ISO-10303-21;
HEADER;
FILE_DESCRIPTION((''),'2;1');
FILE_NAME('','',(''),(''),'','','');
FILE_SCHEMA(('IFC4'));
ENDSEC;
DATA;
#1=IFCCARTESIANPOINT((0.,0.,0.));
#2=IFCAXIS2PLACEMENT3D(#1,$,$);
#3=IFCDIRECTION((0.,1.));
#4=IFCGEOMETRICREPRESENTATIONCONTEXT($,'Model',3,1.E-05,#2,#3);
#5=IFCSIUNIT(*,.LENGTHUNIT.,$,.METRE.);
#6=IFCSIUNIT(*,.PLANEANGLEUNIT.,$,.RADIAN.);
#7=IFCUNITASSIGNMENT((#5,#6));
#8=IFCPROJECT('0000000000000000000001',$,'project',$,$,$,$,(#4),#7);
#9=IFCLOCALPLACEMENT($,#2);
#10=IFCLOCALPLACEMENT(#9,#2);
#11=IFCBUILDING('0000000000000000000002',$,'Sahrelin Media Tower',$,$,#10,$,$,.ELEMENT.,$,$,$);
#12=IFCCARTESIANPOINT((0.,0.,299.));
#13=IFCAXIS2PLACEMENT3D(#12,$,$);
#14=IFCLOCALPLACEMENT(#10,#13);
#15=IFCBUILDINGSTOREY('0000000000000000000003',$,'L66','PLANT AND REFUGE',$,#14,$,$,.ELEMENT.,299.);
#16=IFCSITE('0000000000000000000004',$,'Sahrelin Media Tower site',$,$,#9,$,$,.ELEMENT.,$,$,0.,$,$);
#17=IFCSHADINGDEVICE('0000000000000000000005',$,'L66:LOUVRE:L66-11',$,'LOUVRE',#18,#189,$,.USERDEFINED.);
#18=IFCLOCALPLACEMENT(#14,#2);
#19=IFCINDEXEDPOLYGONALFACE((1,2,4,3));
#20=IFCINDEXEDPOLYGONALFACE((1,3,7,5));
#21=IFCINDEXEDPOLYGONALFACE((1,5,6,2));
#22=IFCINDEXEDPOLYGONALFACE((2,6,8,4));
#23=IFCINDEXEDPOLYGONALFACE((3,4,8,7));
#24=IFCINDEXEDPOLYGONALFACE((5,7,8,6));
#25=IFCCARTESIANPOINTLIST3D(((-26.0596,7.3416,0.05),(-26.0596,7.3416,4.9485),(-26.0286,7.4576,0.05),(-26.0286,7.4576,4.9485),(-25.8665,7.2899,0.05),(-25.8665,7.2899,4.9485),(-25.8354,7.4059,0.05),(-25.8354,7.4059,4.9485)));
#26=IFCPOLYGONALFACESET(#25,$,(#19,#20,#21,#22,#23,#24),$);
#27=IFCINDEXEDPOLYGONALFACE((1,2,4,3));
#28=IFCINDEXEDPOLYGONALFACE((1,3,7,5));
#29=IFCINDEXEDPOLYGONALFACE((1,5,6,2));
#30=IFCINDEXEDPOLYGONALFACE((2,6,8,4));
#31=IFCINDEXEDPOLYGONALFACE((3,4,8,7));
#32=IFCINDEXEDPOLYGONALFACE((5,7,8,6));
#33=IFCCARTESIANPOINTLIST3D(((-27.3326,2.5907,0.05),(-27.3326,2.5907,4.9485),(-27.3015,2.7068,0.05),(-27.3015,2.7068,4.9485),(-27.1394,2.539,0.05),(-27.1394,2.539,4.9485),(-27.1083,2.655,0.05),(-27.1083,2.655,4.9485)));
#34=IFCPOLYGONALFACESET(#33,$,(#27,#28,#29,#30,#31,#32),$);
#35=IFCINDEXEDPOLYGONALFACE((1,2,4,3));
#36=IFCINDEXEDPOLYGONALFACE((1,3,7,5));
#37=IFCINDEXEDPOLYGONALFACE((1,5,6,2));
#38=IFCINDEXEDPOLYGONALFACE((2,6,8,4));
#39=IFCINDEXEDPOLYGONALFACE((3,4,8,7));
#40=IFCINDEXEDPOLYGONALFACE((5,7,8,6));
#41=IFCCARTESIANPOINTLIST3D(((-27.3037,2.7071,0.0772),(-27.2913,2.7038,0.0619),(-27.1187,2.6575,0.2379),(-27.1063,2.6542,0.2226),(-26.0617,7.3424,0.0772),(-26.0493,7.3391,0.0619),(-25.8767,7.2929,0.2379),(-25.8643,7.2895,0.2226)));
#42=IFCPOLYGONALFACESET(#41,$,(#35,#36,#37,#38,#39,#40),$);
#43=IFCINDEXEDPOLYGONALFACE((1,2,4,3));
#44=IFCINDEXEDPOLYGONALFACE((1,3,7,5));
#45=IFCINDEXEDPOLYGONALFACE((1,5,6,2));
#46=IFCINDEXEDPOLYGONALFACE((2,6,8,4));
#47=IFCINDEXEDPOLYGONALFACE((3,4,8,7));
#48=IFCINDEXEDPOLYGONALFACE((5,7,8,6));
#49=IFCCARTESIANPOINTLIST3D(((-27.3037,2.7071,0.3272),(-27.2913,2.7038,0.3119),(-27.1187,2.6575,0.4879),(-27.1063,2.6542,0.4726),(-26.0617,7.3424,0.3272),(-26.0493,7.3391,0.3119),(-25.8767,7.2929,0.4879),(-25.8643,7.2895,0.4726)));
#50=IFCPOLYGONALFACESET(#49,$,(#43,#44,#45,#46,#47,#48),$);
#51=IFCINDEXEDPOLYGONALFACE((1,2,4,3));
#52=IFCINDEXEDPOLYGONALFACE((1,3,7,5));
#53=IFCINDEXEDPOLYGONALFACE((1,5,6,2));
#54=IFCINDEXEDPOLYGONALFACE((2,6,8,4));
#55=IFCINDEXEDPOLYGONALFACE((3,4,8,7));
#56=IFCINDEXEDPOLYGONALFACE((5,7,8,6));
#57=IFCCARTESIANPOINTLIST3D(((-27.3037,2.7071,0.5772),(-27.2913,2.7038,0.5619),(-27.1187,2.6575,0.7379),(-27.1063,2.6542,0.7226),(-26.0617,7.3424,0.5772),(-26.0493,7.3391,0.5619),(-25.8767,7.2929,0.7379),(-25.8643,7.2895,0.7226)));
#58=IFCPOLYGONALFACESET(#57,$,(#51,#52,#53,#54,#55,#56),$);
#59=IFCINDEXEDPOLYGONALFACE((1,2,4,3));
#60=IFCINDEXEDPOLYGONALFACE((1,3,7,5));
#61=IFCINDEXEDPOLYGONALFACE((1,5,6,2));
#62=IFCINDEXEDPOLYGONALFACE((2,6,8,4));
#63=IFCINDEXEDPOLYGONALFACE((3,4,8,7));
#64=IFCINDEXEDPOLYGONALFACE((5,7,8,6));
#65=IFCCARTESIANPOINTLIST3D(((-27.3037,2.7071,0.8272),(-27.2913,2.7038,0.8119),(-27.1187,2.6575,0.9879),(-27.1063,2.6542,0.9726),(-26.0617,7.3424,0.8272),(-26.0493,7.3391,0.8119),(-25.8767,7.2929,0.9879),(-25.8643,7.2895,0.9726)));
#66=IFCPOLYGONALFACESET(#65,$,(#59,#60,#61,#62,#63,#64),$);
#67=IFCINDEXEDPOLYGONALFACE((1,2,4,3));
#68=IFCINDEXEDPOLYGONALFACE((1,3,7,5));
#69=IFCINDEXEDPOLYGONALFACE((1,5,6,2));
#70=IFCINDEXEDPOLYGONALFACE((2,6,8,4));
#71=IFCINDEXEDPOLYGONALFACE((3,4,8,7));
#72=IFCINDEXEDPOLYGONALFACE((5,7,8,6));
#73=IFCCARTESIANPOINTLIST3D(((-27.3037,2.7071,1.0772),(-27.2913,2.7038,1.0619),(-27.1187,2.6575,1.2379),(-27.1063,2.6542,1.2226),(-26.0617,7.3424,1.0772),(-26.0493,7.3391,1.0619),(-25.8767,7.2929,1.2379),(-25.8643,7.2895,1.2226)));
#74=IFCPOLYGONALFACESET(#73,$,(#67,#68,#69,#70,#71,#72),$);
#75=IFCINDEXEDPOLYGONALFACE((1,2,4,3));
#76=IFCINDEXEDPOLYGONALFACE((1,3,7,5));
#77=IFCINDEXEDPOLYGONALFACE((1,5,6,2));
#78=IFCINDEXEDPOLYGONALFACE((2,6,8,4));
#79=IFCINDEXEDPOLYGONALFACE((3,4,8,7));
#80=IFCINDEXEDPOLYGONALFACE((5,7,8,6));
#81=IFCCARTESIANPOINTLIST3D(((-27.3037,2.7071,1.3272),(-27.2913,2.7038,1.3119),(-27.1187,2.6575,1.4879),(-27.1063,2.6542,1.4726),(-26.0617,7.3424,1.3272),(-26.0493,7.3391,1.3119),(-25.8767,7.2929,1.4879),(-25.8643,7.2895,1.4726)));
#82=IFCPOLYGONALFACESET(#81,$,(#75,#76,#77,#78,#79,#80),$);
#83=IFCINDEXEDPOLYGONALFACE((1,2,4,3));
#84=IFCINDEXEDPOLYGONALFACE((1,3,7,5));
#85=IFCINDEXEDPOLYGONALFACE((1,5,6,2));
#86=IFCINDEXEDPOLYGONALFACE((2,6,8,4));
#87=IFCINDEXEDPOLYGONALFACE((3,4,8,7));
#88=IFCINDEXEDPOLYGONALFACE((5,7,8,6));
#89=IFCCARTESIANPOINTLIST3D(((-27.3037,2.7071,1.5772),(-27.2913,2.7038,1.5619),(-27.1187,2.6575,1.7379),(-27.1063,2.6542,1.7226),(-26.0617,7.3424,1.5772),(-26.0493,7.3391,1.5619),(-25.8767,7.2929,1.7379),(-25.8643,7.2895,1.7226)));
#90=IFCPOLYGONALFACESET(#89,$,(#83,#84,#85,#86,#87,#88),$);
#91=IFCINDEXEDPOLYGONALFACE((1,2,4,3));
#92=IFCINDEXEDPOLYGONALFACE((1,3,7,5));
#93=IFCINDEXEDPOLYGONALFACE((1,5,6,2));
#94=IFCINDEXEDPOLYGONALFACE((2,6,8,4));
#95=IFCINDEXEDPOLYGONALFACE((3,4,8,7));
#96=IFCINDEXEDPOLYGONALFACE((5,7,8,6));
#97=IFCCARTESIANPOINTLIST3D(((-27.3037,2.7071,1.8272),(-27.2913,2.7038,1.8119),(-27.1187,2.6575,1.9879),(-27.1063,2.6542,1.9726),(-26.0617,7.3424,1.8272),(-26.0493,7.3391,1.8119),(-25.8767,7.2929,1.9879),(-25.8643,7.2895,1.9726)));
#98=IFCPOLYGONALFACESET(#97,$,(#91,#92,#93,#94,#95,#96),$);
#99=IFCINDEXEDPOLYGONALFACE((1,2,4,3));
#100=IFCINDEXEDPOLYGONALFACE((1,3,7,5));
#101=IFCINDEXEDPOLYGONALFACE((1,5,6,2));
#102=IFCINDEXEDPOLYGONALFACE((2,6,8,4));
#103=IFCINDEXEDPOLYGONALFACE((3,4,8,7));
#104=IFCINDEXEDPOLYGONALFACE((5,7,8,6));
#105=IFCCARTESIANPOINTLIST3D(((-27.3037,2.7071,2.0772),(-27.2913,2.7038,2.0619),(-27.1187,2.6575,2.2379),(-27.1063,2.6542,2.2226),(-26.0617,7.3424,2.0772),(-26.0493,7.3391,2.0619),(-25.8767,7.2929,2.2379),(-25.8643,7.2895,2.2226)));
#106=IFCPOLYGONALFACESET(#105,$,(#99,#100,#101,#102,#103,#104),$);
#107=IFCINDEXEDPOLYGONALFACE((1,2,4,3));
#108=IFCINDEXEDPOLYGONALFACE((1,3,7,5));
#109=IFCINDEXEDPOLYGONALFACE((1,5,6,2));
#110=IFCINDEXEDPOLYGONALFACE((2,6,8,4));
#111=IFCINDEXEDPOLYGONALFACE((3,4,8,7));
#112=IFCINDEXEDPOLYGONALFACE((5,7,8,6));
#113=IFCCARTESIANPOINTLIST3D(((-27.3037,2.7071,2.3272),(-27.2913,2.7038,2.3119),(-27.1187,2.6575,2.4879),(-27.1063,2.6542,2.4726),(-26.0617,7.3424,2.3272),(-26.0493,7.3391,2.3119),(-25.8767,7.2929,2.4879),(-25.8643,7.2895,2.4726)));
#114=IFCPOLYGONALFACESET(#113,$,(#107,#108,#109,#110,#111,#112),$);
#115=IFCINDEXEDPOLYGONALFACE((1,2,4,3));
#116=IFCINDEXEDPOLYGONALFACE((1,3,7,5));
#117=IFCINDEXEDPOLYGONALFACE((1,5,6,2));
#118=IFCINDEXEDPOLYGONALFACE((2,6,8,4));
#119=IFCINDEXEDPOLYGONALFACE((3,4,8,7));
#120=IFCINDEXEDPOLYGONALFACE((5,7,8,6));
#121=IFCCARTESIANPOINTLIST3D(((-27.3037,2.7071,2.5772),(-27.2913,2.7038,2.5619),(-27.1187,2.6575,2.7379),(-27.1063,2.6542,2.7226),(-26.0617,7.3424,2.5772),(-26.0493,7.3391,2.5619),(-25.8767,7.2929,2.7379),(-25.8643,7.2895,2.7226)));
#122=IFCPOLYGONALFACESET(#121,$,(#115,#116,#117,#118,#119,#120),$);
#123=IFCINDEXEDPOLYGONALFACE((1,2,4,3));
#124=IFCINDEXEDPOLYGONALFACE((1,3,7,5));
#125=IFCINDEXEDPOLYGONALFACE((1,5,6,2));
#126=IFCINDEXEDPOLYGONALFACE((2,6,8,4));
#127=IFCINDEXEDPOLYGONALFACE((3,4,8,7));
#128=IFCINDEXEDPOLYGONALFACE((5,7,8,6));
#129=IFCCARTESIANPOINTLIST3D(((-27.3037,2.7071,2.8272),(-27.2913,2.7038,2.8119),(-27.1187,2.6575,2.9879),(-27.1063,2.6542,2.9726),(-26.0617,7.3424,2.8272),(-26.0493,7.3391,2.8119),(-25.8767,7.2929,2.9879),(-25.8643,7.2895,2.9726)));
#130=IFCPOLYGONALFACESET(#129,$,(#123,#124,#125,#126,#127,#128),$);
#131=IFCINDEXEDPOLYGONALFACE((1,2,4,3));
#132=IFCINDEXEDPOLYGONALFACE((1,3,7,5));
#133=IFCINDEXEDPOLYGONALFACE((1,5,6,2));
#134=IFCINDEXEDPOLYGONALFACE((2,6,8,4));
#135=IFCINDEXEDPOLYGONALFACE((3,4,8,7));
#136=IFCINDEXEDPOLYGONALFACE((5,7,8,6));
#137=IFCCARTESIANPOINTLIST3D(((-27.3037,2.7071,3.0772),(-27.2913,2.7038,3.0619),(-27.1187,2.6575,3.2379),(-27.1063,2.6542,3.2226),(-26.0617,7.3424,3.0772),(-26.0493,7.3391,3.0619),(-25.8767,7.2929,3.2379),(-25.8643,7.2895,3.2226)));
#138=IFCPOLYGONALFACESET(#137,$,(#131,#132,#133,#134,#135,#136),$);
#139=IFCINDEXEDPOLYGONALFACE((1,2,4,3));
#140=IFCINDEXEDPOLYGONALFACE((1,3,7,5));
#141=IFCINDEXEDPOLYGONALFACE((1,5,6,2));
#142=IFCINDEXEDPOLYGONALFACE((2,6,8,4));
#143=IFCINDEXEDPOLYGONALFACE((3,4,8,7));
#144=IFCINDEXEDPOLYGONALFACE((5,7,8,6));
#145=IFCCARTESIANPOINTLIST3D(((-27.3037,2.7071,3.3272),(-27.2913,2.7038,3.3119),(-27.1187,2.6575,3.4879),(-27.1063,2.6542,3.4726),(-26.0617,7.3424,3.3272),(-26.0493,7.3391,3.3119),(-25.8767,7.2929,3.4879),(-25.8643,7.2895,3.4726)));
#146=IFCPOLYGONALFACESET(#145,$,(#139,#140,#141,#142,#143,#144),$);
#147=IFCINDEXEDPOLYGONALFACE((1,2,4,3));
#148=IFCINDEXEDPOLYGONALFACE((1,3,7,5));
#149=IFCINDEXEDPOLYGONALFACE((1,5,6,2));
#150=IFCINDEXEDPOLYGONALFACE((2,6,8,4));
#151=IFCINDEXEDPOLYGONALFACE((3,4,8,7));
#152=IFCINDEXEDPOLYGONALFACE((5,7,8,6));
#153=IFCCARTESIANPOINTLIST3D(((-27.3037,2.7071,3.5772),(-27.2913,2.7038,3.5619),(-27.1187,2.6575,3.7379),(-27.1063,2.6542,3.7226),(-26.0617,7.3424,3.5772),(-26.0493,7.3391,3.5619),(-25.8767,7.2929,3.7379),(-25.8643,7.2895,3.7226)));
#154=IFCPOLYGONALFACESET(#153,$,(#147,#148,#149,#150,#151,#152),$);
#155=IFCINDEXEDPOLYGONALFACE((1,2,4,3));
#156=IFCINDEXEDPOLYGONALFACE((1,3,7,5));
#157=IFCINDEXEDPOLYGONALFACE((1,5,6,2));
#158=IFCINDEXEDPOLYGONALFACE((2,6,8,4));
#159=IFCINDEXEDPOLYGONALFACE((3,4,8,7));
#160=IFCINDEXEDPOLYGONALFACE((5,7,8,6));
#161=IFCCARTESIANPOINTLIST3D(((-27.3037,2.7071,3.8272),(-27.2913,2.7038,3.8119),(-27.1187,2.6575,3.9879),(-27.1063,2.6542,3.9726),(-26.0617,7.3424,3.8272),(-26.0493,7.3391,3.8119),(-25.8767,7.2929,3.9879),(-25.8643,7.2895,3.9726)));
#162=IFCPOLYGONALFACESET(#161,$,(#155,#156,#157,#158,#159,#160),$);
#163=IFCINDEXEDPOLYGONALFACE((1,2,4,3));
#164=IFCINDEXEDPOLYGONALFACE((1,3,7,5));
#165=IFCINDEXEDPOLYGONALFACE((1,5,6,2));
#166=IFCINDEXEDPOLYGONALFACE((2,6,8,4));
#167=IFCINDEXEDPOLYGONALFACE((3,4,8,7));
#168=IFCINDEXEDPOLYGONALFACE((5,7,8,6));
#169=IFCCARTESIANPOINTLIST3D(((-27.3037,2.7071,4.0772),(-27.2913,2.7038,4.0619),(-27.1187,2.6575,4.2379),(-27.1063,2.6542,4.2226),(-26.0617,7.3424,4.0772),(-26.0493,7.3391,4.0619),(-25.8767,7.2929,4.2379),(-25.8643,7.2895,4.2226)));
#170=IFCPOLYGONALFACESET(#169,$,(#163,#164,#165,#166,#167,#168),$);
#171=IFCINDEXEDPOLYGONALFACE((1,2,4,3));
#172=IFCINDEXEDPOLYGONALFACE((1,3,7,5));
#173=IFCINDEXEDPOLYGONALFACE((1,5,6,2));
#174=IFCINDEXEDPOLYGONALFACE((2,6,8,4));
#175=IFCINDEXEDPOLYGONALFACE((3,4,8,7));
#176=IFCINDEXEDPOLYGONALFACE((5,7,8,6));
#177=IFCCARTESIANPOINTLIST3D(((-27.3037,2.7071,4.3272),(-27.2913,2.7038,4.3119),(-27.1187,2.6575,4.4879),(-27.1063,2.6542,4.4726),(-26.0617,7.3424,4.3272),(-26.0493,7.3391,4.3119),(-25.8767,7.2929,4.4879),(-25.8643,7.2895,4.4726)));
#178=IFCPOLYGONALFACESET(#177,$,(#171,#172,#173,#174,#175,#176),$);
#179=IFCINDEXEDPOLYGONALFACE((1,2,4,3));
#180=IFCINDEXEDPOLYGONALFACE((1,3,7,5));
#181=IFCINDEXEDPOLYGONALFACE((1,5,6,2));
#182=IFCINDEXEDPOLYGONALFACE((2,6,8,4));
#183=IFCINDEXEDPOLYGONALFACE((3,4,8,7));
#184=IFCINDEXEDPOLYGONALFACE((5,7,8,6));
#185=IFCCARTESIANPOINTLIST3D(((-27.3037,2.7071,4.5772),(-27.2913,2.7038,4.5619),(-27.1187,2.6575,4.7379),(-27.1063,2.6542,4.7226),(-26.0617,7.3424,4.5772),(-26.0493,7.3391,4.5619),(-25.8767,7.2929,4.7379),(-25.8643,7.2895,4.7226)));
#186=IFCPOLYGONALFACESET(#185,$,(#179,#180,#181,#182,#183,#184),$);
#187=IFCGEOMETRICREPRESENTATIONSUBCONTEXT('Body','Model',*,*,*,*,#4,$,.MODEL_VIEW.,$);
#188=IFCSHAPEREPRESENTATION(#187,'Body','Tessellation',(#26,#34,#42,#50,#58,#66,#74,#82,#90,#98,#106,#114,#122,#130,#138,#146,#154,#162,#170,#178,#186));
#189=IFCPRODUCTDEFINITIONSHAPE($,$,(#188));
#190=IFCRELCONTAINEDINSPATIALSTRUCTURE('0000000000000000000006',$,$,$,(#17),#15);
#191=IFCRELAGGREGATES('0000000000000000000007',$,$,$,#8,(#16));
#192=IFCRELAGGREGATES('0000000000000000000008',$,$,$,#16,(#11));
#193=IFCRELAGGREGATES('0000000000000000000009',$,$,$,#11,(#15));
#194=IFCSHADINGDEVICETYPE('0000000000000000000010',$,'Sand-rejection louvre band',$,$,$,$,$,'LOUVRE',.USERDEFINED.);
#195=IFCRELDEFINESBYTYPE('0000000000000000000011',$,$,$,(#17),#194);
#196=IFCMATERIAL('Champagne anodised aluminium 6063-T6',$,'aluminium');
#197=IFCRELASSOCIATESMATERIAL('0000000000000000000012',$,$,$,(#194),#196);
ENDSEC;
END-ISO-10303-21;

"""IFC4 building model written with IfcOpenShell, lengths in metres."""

from ifc_helpers import new_model, si_unit, direction, frame, origin, origin_2d, place, context, subcontext, project, spatial, rectangle, extrude, material, type_object, element, save


model = new_model("IFC4")

# Units and contexts
model_context = context("Model", 3, precision=1e-05, world=origin(), true_north=direction((0.0, 1.0)))
body_context = subcontext(model_context, "Body", "Model", "MODEL_VIEW")
ifc_project = project(units=[si_unit("LENGTHUNIT", "METRE"), si_unit("PLANEANGLEUNIT", "RADIAN")], contexts=[model_context])

# Site, building, storey
site_placement = place(None, origin())
site = spatial("IfcSite", under=ifc_project, at=site_placement, Name="Sahrelin Media Tower site", CompositionType="ELEMENT", RefElevation=0.0)
building_placement = place(site_placement, origin())
building = spatial("IfcBuilding", under=site, at=building_placement, Name="Sahrelin Media Tower", CompositionType="ELEMENT")
storey_placement = place(building_placement, frame((0.0, 0.0, 299.0)))
storey = spatial("IfcBuildingStorey", under=building, at=storey_placement, Name="L66", Description="PLANT AND REFUGE", CompositionType="ELEMENT", Elevation=299.0)

# Shading device
ifc_material_1 = material(Name="Champagne anodised aluminium 6063-T6", Category="aluminium")
shading_device_type = type_object("IfcShadingDeviceType", Name="Sand-rejection louvre band", ElementType="LOUVRE", PredefinedType="USERDEFINED", material=ifc_material_1)
shading_device_1_placement = place(storey_placement, frame((-26.4873, 4.9724, 0.0), z_axis=(0.0, 0.0, 1.0), x_axis=(0.258808, 0.965929, 0.0)))
element("IfcShadingDevice", 1, at=shading_device_1_placement, inside=storey, type_object=shading_device_type, Name="L66:LOUVRE:L66-11", ObjectType="LOUVRE", PredefinedType="USERDEFINED", context=body_context, shape_type="SweptSolid", body=[
    extrude(rectangle(XDim=0.1201, YDim=0.2, at=origin_2d()), frame((2.4592, 0.1001, 0.05), z_axis=(0.0, 0.0, 1.0), x_axis=(1.0, 0.0, 0.0)), (0.0, 0.0, 1.0), 4.8984),
    extrude(rectangle(XDim=0.1201, YDim=0.2, at=origin_2d()), frame((-2.4592, 0.1001, 0.05), z_axis=(0.0, 0.0, 1.0), x_axis=(1.0, 0.0, 0.0)), (0.0, 0.0, 1.0), 4.8984),
    extrude(rectangle(XDim=0.25, YDim=0.02, at=origin_2d()), frame((2.3994, 0.1001, 0.1499), z_axis=(-1.0, 0.0, 0.0), x_axis=(0.0, -0.766044, 0.642788)), (0.0, 0.0, 1.0), 4.7988),
    extrude(rectangle(XDim=0.25, YDim=0.02, at=origin_2d()), frame((2.3994, 0.1001, 0.3999), z_axis=(-1.0, 0.0, 0.0), x_axis=(0.0, -0.766044, 0.642788)), (0.0, 0.0, 1.0), 4.7988),
    extrude(rectangle(XDim=0.25, YDim=0.02, at=origin_2d()), frame((2.3994, 0.1001, 0.6499), z_axis=(-1.0, 0.0, 0.0), x_axis=(0.0, -0.766044, 0.642788)), (0.0, 0.0, 1.0), 4.7988),
    extrude(rectangle(XDim=0.25, YDim=0.02, at=origin_2d()), frame((2.3994, 0.1001, 0.8999), z_axis=(-1.0, 0.0, 0.0), x_axis=(0.0, -0.766044, 0.642788)), (0.0, 0.0, 1.0), 4.7988),
    extrude(rectangle(XDim=0.25, YDim=0.02, at=origin_2d()), frame((2.3994, 0.1001, 1.1499), z_axis=(-1.0, 0.0, 0.0), x_axis=(0.0, -0.766044, 0.642788)), (0.0, 0.0, 1.0), 4.7988),
    extrude(rectangle(XDim=0.25, YDim=0.02, at=origin_2d()), frame((2.3994, 0.1001, 1.3999), z_axis=(-1.0, 0.0, 0.0), x_axis=(0.0, -0.766044, 0.642788)), (0.0, 0.0, 1.0), 4.7988),
    extrude(rectangle(XDim=0.25, YDim=0.02, at=origin_2d()), frame((2.3994, 0.1001, 1.6499), z_axis=(-1.0, 0.0, 0.0), x_axis=(0.0, -0.766044, 0.642788)), (0.0, 0.0, 1.0), 4.7988),
    extrude(rectangle(XDim=0.25, YDim=0.02, at=origin_2d()), frame((2.3994, 0.1001, 1.8999), z_axis=(-1.0, 0.0, 0.0), x_axis=(0.0, -0.766044, 0.642788)), (0.0, 0.0, 1.0), 4.7988),
    extrude(rectangle(XDim=0.25, YDim=0.02, at=origin_2d()), frame((2.3994, 0.1001, 2.1499), z_axis=(-1.0, 0.0, 0.0), x_axis=(0.0, -0.766044, 0.642788)), (0.0, 0.0, 1.0), 4.7988),
    extrude(rectangle(XDim=0.25, YDim=0.02, at=origin_2d()), frame((2.3994, 0.1001, 2.3999), z_axis=(-1.0, 0.0, 0.0), x_axis=(0.0, -0.766044, 0.642788)), (0.0, 0.0, 1.0), 4.7988),
    extrude(rectangle(XDim=0.25, YDim=0.02, at=origin_2d()), frame((2.3994, 0.1001, 2.6499), z_axis=(-1.0, 0.0, 0.0), x_axis=(0.0, -0.766044, 0.642788)), (0.0, 0.0, 1.0), 4.7988),
    extrude(rectangle(XDim=0.25, YDim=0.02, at=origin_2d()), frame((2.3994, 0.1001, 2.8999), z_axis=(-1.0, 0.0, 0.0), x_axis=(0.0, -0.766044, 0.642788)), (0.0, 0.0, 1.0), 4.7988),
    extrude(rectangle(XDim=0.25, YDim=0.02, at=origin_2d()), frame((2.3994, 0.1001, 3.1499), z_axis=(-1.0, 0.0, 0.0), x_axis=(0.0, -0.766044, 0.642788)), (0.0, 0.0, 1.0), 4.7988),
    extrude(rectangle(XDim=0.25, YDim=0.02, at=origin_2d()), frame((2.3994, 0.1001, 3.3999), z_axis=(-1.0, 0.0, 0.0), x_axis=(0.0, -0.766044, 0.642788)), (0.0, 0.0, 1.0), 4.7988),
    extrude(rectangle(XDim=0.25, YDim=0.02, at=origin_2d()), frame((2.3994, 0.1001, 3.6499), z_axis=(-1.0, 0.0, 0.0), x_axis=(0.0, -0.766044, 0.642788)), (0.0, 0.0, 1.0), 4.7988),
    extrude(rectangle(XDim=0.25, YDim=0.02, at=origin_2d()), frame((2.3994, 0.1001, 3.8999), z_axis=(-1.0, 0.0, 0.0), x_axis=(0.0, -0.766044, 0.642788)), (0.0, 0.0, 1.0), 4.7988),
    extrude(rectangle(XDim=0.25, YDim=0.02, at=origin_2d()), frame((2.3994, 0.1001, 4.1499), z_axis=(-1.0, 0.0, 0.0), x_axis=(0.0, -0.766044, 0.642788)), (0.0, 0.0, 1.0), 4.7988),
    extrude(rectangle(XDim=0.25, YDim=0.02, at=origin_2d()), frame((2.3994, 0.1001, 4.3999), z_axis=(-1.0, 0.0, 0.0), x_axis=(0.0, -0.766044, 0.642788)), (0.0, 0.0, 1.0), 4.7988),
    extrude(rectangle(XDim=0.25, YDim=0.02, at=origin_2d()), frame((2.3994, 0.1001, 4.6499), z_axis=(-1.0, 0.0, 0.0), x_axis=(0.0, -0.766044, 0.642788)), (0.0, 0.0, 1.0), 4.7988),
])

save(model, "model.ifc")
